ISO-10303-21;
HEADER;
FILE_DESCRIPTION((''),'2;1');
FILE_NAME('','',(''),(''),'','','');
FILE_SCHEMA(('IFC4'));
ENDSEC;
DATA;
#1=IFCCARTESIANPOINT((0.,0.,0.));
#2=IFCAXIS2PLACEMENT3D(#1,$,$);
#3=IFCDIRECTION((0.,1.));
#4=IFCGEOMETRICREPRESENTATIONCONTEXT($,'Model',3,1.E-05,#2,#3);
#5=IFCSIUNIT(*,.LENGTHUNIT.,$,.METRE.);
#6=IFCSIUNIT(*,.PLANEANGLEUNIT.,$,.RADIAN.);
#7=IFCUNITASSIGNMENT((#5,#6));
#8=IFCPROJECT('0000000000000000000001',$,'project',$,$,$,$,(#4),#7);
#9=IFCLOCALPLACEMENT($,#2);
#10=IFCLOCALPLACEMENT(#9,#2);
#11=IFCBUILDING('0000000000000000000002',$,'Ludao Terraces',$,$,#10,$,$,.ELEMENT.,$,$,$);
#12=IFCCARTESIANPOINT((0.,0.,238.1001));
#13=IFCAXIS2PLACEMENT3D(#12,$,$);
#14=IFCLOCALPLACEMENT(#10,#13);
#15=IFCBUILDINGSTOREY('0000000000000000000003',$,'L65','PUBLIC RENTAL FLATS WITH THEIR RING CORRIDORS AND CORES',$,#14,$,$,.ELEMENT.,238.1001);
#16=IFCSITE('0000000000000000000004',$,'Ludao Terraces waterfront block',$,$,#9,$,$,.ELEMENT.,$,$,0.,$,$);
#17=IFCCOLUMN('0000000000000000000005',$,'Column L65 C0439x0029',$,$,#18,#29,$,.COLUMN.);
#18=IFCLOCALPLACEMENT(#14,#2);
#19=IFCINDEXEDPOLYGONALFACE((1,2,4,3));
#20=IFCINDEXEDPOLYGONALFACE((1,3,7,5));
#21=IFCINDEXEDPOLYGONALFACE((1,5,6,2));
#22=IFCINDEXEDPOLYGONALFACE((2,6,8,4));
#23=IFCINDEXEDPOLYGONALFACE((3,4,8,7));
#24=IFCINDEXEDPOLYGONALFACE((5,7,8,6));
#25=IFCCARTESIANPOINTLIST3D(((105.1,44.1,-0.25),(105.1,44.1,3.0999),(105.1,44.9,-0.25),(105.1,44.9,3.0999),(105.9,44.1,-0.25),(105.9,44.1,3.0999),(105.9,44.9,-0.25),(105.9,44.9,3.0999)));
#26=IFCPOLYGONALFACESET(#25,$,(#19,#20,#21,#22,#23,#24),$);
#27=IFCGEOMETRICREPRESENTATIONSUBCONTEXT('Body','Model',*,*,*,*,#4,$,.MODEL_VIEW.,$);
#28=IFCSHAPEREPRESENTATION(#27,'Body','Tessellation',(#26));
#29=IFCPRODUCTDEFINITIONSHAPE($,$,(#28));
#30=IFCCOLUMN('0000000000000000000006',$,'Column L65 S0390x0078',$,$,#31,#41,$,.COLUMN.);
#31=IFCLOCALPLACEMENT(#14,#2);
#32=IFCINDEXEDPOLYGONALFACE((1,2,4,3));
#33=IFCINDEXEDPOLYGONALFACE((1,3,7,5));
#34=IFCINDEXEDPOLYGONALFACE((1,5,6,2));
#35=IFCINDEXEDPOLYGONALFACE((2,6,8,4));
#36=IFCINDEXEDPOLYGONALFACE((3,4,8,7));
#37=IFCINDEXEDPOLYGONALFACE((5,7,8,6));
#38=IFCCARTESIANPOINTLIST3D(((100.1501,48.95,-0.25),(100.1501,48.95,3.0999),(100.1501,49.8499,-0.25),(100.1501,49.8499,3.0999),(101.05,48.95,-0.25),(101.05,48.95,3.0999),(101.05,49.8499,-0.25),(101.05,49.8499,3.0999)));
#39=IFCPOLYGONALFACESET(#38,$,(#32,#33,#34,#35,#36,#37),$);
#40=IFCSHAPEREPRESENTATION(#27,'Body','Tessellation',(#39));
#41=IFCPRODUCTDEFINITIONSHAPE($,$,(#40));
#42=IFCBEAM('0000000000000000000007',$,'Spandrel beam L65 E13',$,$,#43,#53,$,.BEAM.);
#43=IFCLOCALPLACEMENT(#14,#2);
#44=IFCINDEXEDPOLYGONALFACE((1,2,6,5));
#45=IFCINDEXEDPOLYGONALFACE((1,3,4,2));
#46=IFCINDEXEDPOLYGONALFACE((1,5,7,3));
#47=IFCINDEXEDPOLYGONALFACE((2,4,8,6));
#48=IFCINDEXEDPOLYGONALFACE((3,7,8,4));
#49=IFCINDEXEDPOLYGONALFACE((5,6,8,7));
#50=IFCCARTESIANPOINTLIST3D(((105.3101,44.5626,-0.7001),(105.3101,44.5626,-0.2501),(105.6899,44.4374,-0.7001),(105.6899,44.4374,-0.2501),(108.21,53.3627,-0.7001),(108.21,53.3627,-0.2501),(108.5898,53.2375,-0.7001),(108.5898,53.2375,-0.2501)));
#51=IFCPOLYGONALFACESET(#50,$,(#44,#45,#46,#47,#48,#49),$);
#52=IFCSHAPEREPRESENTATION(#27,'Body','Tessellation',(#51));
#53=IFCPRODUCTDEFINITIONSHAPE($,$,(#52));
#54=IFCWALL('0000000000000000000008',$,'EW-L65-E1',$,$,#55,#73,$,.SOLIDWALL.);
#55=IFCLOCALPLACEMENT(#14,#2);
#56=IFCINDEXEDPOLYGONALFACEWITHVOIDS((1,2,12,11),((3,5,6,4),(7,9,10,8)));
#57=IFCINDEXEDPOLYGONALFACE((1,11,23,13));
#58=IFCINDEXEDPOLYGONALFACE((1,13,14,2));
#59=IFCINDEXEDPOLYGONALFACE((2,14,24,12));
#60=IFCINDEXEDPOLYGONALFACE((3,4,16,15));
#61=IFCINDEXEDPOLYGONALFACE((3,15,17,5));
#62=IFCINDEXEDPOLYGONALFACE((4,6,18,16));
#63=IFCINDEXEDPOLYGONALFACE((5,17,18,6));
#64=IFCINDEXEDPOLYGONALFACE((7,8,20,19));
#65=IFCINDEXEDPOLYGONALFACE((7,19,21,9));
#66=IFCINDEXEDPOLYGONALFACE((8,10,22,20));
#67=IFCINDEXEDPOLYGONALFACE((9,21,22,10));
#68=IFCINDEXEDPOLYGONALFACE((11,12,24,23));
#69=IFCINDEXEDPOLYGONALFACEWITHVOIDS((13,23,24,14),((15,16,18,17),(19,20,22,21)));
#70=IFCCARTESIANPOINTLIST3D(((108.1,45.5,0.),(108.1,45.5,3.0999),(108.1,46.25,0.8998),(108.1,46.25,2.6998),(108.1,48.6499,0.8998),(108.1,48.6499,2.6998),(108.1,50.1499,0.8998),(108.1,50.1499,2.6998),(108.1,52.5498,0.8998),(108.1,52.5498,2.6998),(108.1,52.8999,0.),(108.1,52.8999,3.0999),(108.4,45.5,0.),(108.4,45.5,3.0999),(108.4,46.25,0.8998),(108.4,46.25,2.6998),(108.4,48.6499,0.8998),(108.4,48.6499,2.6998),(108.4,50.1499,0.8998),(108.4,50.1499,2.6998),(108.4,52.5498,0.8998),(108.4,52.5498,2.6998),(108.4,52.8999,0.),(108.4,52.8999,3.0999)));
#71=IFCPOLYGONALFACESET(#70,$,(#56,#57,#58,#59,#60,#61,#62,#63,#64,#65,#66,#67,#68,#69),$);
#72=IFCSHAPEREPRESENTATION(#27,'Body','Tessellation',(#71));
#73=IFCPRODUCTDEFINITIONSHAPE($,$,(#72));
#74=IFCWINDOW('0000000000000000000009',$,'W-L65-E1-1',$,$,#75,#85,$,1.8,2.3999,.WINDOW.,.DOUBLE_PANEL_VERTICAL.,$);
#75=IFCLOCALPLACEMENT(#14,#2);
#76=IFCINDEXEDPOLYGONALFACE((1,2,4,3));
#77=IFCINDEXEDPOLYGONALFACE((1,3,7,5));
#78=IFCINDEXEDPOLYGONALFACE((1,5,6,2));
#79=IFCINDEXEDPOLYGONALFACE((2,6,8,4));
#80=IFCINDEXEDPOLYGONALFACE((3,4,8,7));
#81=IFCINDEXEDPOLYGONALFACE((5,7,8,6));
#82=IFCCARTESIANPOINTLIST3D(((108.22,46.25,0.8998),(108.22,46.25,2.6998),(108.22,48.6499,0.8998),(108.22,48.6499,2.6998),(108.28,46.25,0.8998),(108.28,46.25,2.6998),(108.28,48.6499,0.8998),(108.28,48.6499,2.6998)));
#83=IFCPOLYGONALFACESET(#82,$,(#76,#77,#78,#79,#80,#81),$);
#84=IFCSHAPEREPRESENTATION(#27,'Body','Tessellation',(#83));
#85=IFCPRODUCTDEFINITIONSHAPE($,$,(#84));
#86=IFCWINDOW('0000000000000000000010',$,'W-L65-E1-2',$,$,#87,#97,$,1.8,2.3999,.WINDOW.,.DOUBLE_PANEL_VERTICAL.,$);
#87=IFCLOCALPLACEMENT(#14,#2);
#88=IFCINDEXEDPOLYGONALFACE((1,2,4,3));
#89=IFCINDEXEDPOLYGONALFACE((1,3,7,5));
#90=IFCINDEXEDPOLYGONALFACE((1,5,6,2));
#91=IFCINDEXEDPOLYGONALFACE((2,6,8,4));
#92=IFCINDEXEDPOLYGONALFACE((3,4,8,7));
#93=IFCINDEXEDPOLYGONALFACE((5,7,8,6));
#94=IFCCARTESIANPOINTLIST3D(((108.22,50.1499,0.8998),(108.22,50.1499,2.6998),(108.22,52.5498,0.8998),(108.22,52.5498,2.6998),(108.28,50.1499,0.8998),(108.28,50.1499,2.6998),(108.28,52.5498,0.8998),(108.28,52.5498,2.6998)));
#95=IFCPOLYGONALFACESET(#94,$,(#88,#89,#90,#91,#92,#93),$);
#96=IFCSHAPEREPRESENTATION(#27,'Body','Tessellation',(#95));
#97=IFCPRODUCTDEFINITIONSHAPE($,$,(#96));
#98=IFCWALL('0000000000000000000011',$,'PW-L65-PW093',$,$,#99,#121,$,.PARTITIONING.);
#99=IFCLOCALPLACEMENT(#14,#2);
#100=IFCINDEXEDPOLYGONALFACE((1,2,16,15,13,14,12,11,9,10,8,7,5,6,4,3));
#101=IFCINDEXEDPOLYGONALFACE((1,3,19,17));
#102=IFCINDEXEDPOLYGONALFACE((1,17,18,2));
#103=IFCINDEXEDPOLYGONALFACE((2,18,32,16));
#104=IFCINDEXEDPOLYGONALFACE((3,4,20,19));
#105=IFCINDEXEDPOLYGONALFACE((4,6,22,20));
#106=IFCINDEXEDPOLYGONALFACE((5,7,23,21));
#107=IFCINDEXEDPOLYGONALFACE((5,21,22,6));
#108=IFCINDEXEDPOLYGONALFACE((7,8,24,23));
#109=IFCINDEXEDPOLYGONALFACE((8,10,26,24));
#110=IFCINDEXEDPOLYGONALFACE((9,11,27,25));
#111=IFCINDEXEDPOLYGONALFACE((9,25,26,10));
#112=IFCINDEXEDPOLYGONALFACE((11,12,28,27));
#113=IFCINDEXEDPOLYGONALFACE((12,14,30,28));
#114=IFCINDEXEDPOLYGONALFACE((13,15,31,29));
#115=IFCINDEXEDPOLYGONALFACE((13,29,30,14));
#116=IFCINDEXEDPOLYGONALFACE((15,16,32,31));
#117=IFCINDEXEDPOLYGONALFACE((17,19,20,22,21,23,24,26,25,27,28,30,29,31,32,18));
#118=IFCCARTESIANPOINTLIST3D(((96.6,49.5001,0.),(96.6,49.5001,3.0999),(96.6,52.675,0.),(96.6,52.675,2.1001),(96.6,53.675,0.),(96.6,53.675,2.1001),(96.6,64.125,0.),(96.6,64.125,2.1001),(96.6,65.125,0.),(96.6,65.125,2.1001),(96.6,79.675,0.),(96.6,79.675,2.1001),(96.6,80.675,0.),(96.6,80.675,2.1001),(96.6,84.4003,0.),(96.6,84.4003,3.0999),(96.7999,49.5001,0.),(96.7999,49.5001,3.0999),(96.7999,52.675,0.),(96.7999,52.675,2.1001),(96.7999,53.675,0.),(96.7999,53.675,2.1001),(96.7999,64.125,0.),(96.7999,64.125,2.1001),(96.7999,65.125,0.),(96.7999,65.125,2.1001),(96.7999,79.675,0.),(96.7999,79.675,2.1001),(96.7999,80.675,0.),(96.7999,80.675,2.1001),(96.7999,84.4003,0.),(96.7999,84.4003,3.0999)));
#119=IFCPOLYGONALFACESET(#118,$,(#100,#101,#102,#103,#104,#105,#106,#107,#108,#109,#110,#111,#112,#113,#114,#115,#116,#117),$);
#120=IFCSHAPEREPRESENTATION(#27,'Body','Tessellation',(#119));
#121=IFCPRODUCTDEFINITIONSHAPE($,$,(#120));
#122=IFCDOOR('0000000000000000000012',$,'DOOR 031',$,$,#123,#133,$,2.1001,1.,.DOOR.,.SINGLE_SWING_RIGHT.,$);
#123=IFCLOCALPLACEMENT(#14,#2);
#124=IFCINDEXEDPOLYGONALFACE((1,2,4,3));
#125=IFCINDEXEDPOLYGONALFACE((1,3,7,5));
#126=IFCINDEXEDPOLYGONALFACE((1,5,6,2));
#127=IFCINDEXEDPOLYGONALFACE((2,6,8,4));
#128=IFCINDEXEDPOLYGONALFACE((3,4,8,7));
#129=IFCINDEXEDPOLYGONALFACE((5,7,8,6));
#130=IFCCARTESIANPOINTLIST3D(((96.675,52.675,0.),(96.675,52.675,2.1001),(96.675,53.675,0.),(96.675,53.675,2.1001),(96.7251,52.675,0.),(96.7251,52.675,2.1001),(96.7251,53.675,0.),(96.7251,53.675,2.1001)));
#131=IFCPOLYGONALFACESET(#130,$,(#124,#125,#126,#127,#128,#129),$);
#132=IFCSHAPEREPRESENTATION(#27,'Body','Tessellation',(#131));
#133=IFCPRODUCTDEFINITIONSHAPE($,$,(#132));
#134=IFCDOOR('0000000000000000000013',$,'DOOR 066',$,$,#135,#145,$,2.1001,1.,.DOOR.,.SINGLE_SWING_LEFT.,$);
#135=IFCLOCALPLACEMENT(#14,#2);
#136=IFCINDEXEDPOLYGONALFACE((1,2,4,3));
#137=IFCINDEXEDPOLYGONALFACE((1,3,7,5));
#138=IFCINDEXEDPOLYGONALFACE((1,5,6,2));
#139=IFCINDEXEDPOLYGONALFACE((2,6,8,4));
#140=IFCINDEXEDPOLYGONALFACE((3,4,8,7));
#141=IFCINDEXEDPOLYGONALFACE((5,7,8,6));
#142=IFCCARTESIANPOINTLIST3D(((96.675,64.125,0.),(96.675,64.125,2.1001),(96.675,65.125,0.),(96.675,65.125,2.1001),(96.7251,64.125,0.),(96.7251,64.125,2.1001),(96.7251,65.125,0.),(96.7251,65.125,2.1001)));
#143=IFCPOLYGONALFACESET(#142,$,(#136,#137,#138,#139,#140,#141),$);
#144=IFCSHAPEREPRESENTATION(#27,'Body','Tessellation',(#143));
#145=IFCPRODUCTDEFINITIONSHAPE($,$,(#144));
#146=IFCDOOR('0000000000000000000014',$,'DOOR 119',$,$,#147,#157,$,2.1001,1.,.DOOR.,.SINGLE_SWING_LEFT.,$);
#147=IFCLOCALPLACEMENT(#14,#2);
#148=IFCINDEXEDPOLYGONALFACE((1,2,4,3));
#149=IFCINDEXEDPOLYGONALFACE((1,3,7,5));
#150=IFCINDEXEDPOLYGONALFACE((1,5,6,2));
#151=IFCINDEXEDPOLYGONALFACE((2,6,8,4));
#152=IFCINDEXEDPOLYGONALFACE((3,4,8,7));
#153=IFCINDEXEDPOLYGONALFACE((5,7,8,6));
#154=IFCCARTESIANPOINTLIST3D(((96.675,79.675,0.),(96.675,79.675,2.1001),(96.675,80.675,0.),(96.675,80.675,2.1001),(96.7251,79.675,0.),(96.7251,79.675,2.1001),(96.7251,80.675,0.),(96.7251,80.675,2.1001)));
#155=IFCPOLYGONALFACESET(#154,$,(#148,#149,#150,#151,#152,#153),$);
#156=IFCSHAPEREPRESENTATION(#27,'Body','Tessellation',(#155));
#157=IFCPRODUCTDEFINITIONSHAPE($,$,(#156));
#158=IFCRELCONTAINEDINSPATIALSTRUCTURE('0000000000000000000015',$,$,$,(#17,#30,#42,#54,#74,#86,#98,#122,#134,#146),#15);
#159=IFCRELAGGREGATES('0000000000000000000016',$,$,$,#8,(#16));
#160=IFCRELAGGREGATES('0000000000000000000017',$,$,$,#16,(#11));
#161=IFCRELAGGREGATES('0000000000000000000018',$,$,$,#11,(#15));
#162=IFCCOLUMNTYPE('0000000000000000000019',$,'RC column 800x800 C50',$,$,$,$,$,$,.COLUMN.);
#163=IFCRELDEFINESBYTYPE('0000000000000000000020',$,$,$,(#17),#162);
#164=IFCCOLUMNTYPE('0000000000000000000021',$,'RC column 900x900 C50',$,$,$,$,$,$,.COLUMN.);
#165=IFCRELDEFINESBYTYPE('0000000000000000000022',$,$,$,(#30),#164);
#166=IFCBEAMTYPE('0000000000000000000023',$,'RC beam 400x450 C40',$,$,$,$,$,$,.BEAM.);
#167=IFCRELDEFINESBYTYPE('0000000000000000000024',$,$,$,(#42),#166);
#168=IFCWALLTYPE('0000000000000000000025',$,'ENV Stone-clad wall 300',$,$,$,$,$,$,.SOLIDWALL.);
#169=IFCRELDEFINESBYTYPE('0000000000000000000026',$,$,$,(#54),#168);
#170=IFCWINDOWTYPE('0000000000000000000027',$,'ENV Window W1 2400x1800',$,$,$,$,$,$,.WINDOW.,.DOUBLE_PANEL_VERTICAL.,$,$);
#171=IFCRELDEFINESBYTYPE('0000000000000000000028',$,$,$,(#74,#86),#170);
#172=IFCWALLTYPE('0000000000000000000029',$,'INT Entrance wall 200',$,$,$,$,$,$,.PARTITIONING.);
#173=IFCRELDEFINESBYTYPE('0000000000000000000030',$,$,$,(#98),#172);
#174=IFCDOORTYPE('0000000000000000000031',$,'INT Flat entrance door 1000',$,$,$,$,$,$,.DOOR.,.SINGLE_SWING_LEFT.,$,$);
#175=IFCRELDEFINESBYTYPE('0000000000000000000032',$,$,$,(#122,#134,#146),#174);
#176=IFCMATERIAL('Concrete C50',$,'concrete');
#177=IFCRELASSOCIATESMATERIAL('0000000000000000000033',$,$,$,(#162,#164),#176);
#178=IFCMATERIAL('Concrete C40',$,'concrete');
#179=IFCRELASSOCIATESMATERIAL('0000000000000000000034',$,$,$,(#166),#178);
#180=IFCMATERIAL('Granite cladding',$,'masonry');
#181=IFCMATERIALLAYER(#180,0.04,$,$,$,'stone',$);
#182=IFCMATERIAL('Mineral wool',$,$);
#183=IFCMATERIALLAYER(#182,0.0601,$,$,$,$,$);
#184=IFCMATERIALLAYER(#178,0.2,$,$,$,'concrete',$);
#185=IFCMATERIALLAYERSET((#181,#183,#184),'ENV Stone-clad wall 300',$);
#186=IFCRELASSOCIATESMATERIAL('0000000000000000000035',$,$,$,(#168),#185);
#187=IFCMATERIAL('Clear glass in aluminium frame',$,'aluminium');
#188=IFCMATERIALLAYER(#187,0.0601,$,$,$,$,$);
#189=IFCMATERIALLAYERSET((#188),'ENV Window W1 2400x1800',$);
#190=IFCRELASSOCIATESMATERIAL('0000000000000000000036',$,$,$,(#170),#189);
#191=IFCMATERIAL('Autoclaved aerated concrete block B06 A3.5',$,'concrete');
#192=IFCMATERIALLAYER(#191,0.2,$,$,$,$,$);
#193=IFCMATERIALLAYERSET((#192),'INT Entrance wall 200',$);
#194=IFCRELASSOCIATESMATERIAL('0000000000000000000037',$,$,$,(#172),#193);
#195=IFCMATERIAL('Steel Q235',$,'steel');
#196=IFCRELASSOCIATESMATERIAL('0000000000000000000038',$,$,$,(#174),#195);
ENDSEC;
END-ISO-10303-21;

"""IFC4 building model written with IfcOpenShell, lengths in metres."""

from ifc_helpers import new_model, si_unit, direction, frame, frame_2d, origin, origin_2d, place, context, subcontext, project, spatial, rectangle, extrude, material, layer, layer_set, material_profile, profile_set, type_object, element, fill, save


model = new_model("IFC4")

# Units and contexts
model_context = context("Model", 3, precision=1e-05, world=origin(), true_north=direction((0.0, 1.0)))
body_context = subcontext(model_context, "Body", "Model", "MODEL_VIEW")
ifc_project = project(units=[si_unit("LENGTHUNIT", "METRE"), si_unit("PLANEANGLEUNIT", "RADIAN")], contexts=[model_context])

# Site, building, storey
site_placement = place(None, origin())
site = spatial("IfcSite", under=ifc_project, at=site_placement, Name="Ludao Terraces waterfront block", CompositionType="ELEMENT", RefElevation=0.0)
building_placement = place(site_placement, origin())
building = spatial("IfcBuilding", under=site, at=building_placement, Name="Ludao Terraces", CompositionType="ELEMENT")
storey_placement = place(building_placement, frame((0.0, 0.0, 238.1001)))
storey = spatial("IfcBuildingStorey", under=building, at=storey_placement, Name="L65", Description="PUBLIC RENTAL FLATS WITH THEIR RING CORRIDORS AND CORES", CompositionType="ELEMENT", Elevation=238.1001)

# Columns
ifc_material_1 = material(Name="Concrete C50", Category="concrete")
ifc_material_profile_1 = material_profile(ifc_material_1, rectangle(XDim=0.8, YDim=0.8, at=origin_2d()), Name="800 X 800")
ifc_profile_set_1 = profile_set([ifc_material_profile_1], Name="Concrete C50")
column_type_1 = type_object("IfcColumnType", Name="RC column 800x800 C50", PredefinedType="COLUMN", material=ifc_profile_set_1)
column_1_placement = place(storey_placement, frame((105.5, 44.5, -0.25), z_axis=(0.0, 0.0, 1.0), x_axis=(1.0, 0.0, 0.0)))
element("IfcColumn", 1, at=column_1_placement, inside=storey, type_object=column_type_1, Name="Column L65 C0439x0029", PredefinedType="COLUMN", context=body_context, shape_type="SweptSolid", body=[
    extrude(rectangle(XDim=0.8, YDim=0.8, at=origin_2d()), origin(), (0.0, 0.0, 1.0), 3.3499),
])
ifc_material_profile_2 = material_profile(ifc_material_1, rectangle(XDim=0.8999, YDim=0.8999, at=origin_2d()), Name="900 X 900")
ifc_profile_set_2 = profile_set([ifc_material_profile_2], Name="Concrete C50")
column_type_2 = type_object("IfcColumnType", Name="RC column 900x900 C50", PredefinedType="COLUMN", material=ifc_profile_set_2)
column_2_placement = place(storey_placement, frame((100.6001, 49.3999, -0.25), z_axis=(0.0, 0.0, 1.0), x_axis=(1.0, 0.0, 0.0)))
element("IfcColumn", 2, at=column_2_placement, inside=storey, type_object=column_type_2, Name="Column L65 S0390x0078", PredefinedType="COLUMN", context=body_context, shape_type="SweptSolid", body=[
    extrude(rectangle(XDim=0.8999, YDim=0.8999, at=origin_2d()), origin(), (0.0, 0.0, 1.0), 3.3499),
])

# Beam
ifc_material_2 = material(Name="Concrete C40", Category="concrete")
ifc_material_profile_3 = material_profile(ifc_material_2, rectangle(XDim=0.3999, YDim=0.45, at=origin_2d()), Name="400 X 450")
ifc_profile_set_3 = profile_set([ifc_material_profile_3], Name="Concrete C40")
beam_type = type_object("IfcBeamType", Name="RC beam 400x450 C40", PredefinedType="BEAM", material=ifc_profile_set_3)
beam_placement = place(storey_placement, frame((105.5, 44.5, -0.4751), z_axis=(0.312977, 0.949761, 0.0), x_axis=(-0.949761, 0.312977, 0.0)))
element("IfcBeam", 3, at=beam_placement, inside=storey, type_object=beam_type, Name="Spandrel beam L65 E13", PredefinedType="BEAM", context=body_context, shape_type="SweptSolid", body=[
    extrude(rectangle(XDim=0.3999, YDim=0.45, at=origin_2d()), origin(), (0.0, 0.0, 1.0), 9.2656),
])

# Wall, openings, windows
ifc_material_3 = material(Name="Granite cladding", Category="masonry")
ifc_layer_1 = layer(ifc_material_3, 0.04, Category="stone")
ifc_material_4 = material(Name="Mineral wool")
ifc_layer_2 = layer(ifc_material_4, 0.0601)
ifc_layer_3 = layer(ifc_material_2, 0.2, Category="concrete")
ifc_layer_set_1 = layer_set([ifc_layer_1, ifc_layer_2, ifc_layer_3], Name="ENV Stone-clad wall 300")
wall_type_1 = type_object("IfcWallType", Name="ENV Stone-clad wall 300", PredefinedType="SOLIDWALL", material=ifc_layer_set_1)
wall_1_placement = place(storey_placement, frame((108.25, 45.5, 0.0), z_axis=(0.0, 0.0, 1.0), x_axis=(0.0, 1.0, 0.0)))
wall_1 = element("IfcWall", 4, at=wall_1_placement, inside=storey, type_object=wall_type_1, Name="EW-L65-E1", PredefinedType="SOLIDWALL", context=body_context, shape_type="SweptSolid", body=[
    extrude(rectangle(XDim=7.3999, YDim=0.3, at=frame_2d((3.7, 0.0))), origin(), (0.0, 0.0, 1.0), 3.0999),
])
opening_1_placement = place(wall_1_placement, frame((0.75, 0.0, 0.8999)))
opening_1 = element("IfcOpeningElement", 5, at=opening_1_placement, cuts=wall_1, PredefinedType="OPENING", context=body_context, shape_type="SweptSolid", body=[
    extrude(rectangle(XDim=2.3999, YDim=1.8, at=frame_2d((1.2, 0.8999))), frame((0.0, 0.1602, 0.0), z_axis=(0.0, -1.0, 0.0), x_axis=(1.0, 0.0, 0.0)), (0.0, 0.0, 1.0), 0.3201),
])
opening_2_placement = place(wall_1_placement, frame((4.6499, 0.0, 0.8999)))
opening_2 = element("IfcOpeningElement", 6, at=opening_2_placement, cuts=wall_1, PredefinedType="OPENING", context=body_context, shape_type="SweptSolid", body=[
    extrude(rectangle(XDim=2.3999, YDim=1.8, at=frame_2d((1.2, 0.8999))), frame((0.0, 0.1602, 0.0), z_axis=(0.0, -1.0, 0.0), x_axis=(1.0, 0.0, 0.0)), (0.0, 0.0, 1.0), 0.3201),
])
ifc_material_5 = material(Name="Clear glass in aluminium frame", Category="aluminium")
ifc_layer_4 = layer(ifc_material_5, 0.0601)
ifc_layer_set_2 = layer_set([ifc_layer_4], Name="ENV Window W1 2400x1800")
window_type = type_object("IfcWindowType", Name="ENV Window W1 2400x1800", PartitioningType="DOUBLE_PANEL_VERTICAL", PredefinedType="WINDOW", material=ifc_layer_set_2)
window_1_placement = place(opening_1_placement, origin())
window_1 = element("IfcWindow", 7, at=window_1_placement, inside=storey, type_object=window_type, Name="W-L65-E1-1", OverallHeight=1.8, OverallWidth=2.3999, PartitioningType="DOUBLE_PANEL_VERTICAL", PredefinedType="WINDOW", context=body_context, shape_type="SweptSolid", body=[
    extrude(rectangle(XDim=2.3999, YDim=1.8, at=frame_2d((1.2, 0.8999))), frame((0.0, 0.03, 0.0), z_axis=(0.0, -1.0, 0.0), x_axis=(1.0, 0.0, 0.0)), (0.0, 0.0, 1.0), 0.0601),
])
fill(opening_1, window_1)
window_2_placement = place(opening_2_placement, origin())
window_2 = element("IfcWindow", 8, at=window_2_placement, inside=storey, type_object=window_type, Name="W-L65-E1-2", OverallHeight=1.8, OverallWidth=2.3999, PartitioningType="DOUBLE_PANEL_VERTICAL", PredefinedType="WINDOW", context=body_context, shape_type="SweptSolid", body=[
    extrude(rectangle(XDim=2.3999, YDim=1.8, at=frame_2d((1.2, 0.8999))), frame((0.0, 0.03, 0.0), z_axis=(0.0, -1.0, 0.0), x_axis=(1.0, 0.0, 0.0)), (0.0, 0.0, 1.0), 0.0601),
])
fill(opening_2, window_2)

# Wall, openings, doors
ifc_material_6 = material(Name="Autoclaved aerated concrete block B06 A3.5", Category="concrete")
ifc_layer_5 = layer(ifc_material_6, 0.2)
ifc_layer_set_3 = layer_set([ifc_layer_5], Name="INT Entrance wall 200")
wall_type_2 = type_object("IfcWallType", Name="INT Entrance wall 200", PredefinedType="PARTITIONING", material=ifc_layer_set_3)
wall_2_placement = place(storey_placement, frame((96.7, 49.5, 0.0), z_axis=(0.0, 0.0, 1.0), x_axis=(0.0, 1.0, 0.0)))
wall_2 = element("IfcWall", 9, at=wall_2_placement, inside=storey, type_object=wall_type_2, Name="PW-L65-PW093", PredefinedType="PARTITIONING", context=body_context, shape_type="SweptSolid", body=[
    extrude(rectangle(XDim=34.9001, YDim=0.2, at=frame_2d((17.4502, 0.0))), origin(), (0.0, 0.0, 1.0), 3.0999),
])
opening_3_placement = place(wall_2_placement, frame((3.175, 0.0, 0.0)))
opening_3 = element("IfcOpeningElement", 10, at=opening_3_placement, cuts=wall_2, PredefinedType="OPENING", context=body_context, shape_type="SweptSolid", body=[
    extrude(rectangle(XDim=1.0, YDim=2.1001, at=frame_2d((0.5, 1.05))), frame((0.0, 0.1099, 0.0), z_axis=(0.0, -1.0, 0.0), x_axis=(1.0, 0.0, 0.0)), (0.0, 0.0, 1.0), 0.22),
])
opening_4_placement = place(wall_2_placement, frame((14.625, 0.0, 0.0)))
opening_4 = element("IfcOpeningElement", 11, at=opening_4_placement, cuts=wall_2, PredefinedType="OPENING", context=body_context, shape_type="SweptSolid", body=[
    extrude(rectangle(XDim=1.0, YDim=2.1001, at=frame_2d((0.5, 1.05))), frame((0.0, 0.1099, 0.0), z_axis=(0.0, -1.0, 0.0), x_axis=(1.0, 0.0, 0.0)), (0.0, 0.0, 1.0), 0.22),
])
opening_5_placement = place(wall_2_placement, frame((30.175, 0.0, 0.0)))
opening_5 = element("IfcOpeningElement", 12, at=opening_5_placement, cuts=wall_2, PredefinedType="OPENING", context=body_context, shape_type="SweptSolid", body=[
    extrude(rectangle(XDim=1.0, YDim=2.1001, at=frame_2d((0.5, 1.05))), frame((0.0, 0.1099, 0.0), z_axis=(0.0, -1.0, 0.0), x_axis=(1.0, 0.0, 0.0)), (0.0, 0.0, 1.0), 0.22),
])
ifc_material_7 = material(Name="Steel Q235", Category="steel")
door_type_1 = type_object("IfcDoorType", Name="INT Flat entrance door 1000", OperationType="SINGLE_SWING_LEFT", PredefinedType="DOOR", material=ifc_material_7)
door_1_placement = place(opening_3_placement, origin())
door_1 = element("IfcDoor", 13, at=door_1_placement, inside=storey, type_object=door_type_1, Name="DOOR 031", OperationType="SINGLE_SWING_RIGHT", OverallHeight=2.1001, OverallWidth=1.0, PredefinedType="DOOR", context=body_context, shape_type="SweptSolid", body=[
    extrude(rectangle(XDim=1.0, YDim=2.1001, at=frame_2d((0.5, 1.05))), frame((0.0, 0.0249, 0.0), z_axis=(0.0, -1.0, 0.0), x_axis=(1.0, 0.0, 0.0)), (0.0, 0.0, 1.0), 0.05),
])
fill(opening_3, door_1)
door_2_placement = place(opening_4_placement, origin())
door_2 = element("IfcDoor", 14, at=door_2_placement, inside=storey, type_object=door_type_1, Name="DOOR 066", OperationType="SINGLE_SWING_LEFT", OverallHeight=2.1001, OverallWidth=1.0, PredefinedType="DOOR", context=body_context, shape_type="SweptSolid", body=[
    extrude(rectangle(XDim=1.0, YDim=2.1001, at=frame_2d((0.5, 1.05))), frame((0.0, 0.0249, 0.0), z_axis=(0.0, -1.0, 0.0), x_axis=(1.0, 0.0, 0.0)), (0.0, 0.0, 1.0), 0.05),
])
fill(opening_4, door_2)
door_3_placement = place(opening_5_placement, origin())
door_3 = element("IfcDoor", 15, at=door_3_placement, inside=storey, type_object=door_type_1, Name="DOOR 119", OperationType="SINGLE_SWING_LEFT", OverallHeight=2.1001, OverallWidth=1.0, PredefinedType="DOOR", context=body_context, shape_type="SweptSolid", body=[
    extrude(rectangle(XDim=1.0, YDim=2.1001, at=frame_2d((0.5, 1.05))), frame((0.0, 0.0249, 0.0), z_axis=(0.0, -1.0, 0.0), x_axis=(1.0, 0.0, 0.0)), (0.0, 0.0, 1.0), 0.05),
])
fill(opening_5, door_3)

save(model, "model.ifc")
